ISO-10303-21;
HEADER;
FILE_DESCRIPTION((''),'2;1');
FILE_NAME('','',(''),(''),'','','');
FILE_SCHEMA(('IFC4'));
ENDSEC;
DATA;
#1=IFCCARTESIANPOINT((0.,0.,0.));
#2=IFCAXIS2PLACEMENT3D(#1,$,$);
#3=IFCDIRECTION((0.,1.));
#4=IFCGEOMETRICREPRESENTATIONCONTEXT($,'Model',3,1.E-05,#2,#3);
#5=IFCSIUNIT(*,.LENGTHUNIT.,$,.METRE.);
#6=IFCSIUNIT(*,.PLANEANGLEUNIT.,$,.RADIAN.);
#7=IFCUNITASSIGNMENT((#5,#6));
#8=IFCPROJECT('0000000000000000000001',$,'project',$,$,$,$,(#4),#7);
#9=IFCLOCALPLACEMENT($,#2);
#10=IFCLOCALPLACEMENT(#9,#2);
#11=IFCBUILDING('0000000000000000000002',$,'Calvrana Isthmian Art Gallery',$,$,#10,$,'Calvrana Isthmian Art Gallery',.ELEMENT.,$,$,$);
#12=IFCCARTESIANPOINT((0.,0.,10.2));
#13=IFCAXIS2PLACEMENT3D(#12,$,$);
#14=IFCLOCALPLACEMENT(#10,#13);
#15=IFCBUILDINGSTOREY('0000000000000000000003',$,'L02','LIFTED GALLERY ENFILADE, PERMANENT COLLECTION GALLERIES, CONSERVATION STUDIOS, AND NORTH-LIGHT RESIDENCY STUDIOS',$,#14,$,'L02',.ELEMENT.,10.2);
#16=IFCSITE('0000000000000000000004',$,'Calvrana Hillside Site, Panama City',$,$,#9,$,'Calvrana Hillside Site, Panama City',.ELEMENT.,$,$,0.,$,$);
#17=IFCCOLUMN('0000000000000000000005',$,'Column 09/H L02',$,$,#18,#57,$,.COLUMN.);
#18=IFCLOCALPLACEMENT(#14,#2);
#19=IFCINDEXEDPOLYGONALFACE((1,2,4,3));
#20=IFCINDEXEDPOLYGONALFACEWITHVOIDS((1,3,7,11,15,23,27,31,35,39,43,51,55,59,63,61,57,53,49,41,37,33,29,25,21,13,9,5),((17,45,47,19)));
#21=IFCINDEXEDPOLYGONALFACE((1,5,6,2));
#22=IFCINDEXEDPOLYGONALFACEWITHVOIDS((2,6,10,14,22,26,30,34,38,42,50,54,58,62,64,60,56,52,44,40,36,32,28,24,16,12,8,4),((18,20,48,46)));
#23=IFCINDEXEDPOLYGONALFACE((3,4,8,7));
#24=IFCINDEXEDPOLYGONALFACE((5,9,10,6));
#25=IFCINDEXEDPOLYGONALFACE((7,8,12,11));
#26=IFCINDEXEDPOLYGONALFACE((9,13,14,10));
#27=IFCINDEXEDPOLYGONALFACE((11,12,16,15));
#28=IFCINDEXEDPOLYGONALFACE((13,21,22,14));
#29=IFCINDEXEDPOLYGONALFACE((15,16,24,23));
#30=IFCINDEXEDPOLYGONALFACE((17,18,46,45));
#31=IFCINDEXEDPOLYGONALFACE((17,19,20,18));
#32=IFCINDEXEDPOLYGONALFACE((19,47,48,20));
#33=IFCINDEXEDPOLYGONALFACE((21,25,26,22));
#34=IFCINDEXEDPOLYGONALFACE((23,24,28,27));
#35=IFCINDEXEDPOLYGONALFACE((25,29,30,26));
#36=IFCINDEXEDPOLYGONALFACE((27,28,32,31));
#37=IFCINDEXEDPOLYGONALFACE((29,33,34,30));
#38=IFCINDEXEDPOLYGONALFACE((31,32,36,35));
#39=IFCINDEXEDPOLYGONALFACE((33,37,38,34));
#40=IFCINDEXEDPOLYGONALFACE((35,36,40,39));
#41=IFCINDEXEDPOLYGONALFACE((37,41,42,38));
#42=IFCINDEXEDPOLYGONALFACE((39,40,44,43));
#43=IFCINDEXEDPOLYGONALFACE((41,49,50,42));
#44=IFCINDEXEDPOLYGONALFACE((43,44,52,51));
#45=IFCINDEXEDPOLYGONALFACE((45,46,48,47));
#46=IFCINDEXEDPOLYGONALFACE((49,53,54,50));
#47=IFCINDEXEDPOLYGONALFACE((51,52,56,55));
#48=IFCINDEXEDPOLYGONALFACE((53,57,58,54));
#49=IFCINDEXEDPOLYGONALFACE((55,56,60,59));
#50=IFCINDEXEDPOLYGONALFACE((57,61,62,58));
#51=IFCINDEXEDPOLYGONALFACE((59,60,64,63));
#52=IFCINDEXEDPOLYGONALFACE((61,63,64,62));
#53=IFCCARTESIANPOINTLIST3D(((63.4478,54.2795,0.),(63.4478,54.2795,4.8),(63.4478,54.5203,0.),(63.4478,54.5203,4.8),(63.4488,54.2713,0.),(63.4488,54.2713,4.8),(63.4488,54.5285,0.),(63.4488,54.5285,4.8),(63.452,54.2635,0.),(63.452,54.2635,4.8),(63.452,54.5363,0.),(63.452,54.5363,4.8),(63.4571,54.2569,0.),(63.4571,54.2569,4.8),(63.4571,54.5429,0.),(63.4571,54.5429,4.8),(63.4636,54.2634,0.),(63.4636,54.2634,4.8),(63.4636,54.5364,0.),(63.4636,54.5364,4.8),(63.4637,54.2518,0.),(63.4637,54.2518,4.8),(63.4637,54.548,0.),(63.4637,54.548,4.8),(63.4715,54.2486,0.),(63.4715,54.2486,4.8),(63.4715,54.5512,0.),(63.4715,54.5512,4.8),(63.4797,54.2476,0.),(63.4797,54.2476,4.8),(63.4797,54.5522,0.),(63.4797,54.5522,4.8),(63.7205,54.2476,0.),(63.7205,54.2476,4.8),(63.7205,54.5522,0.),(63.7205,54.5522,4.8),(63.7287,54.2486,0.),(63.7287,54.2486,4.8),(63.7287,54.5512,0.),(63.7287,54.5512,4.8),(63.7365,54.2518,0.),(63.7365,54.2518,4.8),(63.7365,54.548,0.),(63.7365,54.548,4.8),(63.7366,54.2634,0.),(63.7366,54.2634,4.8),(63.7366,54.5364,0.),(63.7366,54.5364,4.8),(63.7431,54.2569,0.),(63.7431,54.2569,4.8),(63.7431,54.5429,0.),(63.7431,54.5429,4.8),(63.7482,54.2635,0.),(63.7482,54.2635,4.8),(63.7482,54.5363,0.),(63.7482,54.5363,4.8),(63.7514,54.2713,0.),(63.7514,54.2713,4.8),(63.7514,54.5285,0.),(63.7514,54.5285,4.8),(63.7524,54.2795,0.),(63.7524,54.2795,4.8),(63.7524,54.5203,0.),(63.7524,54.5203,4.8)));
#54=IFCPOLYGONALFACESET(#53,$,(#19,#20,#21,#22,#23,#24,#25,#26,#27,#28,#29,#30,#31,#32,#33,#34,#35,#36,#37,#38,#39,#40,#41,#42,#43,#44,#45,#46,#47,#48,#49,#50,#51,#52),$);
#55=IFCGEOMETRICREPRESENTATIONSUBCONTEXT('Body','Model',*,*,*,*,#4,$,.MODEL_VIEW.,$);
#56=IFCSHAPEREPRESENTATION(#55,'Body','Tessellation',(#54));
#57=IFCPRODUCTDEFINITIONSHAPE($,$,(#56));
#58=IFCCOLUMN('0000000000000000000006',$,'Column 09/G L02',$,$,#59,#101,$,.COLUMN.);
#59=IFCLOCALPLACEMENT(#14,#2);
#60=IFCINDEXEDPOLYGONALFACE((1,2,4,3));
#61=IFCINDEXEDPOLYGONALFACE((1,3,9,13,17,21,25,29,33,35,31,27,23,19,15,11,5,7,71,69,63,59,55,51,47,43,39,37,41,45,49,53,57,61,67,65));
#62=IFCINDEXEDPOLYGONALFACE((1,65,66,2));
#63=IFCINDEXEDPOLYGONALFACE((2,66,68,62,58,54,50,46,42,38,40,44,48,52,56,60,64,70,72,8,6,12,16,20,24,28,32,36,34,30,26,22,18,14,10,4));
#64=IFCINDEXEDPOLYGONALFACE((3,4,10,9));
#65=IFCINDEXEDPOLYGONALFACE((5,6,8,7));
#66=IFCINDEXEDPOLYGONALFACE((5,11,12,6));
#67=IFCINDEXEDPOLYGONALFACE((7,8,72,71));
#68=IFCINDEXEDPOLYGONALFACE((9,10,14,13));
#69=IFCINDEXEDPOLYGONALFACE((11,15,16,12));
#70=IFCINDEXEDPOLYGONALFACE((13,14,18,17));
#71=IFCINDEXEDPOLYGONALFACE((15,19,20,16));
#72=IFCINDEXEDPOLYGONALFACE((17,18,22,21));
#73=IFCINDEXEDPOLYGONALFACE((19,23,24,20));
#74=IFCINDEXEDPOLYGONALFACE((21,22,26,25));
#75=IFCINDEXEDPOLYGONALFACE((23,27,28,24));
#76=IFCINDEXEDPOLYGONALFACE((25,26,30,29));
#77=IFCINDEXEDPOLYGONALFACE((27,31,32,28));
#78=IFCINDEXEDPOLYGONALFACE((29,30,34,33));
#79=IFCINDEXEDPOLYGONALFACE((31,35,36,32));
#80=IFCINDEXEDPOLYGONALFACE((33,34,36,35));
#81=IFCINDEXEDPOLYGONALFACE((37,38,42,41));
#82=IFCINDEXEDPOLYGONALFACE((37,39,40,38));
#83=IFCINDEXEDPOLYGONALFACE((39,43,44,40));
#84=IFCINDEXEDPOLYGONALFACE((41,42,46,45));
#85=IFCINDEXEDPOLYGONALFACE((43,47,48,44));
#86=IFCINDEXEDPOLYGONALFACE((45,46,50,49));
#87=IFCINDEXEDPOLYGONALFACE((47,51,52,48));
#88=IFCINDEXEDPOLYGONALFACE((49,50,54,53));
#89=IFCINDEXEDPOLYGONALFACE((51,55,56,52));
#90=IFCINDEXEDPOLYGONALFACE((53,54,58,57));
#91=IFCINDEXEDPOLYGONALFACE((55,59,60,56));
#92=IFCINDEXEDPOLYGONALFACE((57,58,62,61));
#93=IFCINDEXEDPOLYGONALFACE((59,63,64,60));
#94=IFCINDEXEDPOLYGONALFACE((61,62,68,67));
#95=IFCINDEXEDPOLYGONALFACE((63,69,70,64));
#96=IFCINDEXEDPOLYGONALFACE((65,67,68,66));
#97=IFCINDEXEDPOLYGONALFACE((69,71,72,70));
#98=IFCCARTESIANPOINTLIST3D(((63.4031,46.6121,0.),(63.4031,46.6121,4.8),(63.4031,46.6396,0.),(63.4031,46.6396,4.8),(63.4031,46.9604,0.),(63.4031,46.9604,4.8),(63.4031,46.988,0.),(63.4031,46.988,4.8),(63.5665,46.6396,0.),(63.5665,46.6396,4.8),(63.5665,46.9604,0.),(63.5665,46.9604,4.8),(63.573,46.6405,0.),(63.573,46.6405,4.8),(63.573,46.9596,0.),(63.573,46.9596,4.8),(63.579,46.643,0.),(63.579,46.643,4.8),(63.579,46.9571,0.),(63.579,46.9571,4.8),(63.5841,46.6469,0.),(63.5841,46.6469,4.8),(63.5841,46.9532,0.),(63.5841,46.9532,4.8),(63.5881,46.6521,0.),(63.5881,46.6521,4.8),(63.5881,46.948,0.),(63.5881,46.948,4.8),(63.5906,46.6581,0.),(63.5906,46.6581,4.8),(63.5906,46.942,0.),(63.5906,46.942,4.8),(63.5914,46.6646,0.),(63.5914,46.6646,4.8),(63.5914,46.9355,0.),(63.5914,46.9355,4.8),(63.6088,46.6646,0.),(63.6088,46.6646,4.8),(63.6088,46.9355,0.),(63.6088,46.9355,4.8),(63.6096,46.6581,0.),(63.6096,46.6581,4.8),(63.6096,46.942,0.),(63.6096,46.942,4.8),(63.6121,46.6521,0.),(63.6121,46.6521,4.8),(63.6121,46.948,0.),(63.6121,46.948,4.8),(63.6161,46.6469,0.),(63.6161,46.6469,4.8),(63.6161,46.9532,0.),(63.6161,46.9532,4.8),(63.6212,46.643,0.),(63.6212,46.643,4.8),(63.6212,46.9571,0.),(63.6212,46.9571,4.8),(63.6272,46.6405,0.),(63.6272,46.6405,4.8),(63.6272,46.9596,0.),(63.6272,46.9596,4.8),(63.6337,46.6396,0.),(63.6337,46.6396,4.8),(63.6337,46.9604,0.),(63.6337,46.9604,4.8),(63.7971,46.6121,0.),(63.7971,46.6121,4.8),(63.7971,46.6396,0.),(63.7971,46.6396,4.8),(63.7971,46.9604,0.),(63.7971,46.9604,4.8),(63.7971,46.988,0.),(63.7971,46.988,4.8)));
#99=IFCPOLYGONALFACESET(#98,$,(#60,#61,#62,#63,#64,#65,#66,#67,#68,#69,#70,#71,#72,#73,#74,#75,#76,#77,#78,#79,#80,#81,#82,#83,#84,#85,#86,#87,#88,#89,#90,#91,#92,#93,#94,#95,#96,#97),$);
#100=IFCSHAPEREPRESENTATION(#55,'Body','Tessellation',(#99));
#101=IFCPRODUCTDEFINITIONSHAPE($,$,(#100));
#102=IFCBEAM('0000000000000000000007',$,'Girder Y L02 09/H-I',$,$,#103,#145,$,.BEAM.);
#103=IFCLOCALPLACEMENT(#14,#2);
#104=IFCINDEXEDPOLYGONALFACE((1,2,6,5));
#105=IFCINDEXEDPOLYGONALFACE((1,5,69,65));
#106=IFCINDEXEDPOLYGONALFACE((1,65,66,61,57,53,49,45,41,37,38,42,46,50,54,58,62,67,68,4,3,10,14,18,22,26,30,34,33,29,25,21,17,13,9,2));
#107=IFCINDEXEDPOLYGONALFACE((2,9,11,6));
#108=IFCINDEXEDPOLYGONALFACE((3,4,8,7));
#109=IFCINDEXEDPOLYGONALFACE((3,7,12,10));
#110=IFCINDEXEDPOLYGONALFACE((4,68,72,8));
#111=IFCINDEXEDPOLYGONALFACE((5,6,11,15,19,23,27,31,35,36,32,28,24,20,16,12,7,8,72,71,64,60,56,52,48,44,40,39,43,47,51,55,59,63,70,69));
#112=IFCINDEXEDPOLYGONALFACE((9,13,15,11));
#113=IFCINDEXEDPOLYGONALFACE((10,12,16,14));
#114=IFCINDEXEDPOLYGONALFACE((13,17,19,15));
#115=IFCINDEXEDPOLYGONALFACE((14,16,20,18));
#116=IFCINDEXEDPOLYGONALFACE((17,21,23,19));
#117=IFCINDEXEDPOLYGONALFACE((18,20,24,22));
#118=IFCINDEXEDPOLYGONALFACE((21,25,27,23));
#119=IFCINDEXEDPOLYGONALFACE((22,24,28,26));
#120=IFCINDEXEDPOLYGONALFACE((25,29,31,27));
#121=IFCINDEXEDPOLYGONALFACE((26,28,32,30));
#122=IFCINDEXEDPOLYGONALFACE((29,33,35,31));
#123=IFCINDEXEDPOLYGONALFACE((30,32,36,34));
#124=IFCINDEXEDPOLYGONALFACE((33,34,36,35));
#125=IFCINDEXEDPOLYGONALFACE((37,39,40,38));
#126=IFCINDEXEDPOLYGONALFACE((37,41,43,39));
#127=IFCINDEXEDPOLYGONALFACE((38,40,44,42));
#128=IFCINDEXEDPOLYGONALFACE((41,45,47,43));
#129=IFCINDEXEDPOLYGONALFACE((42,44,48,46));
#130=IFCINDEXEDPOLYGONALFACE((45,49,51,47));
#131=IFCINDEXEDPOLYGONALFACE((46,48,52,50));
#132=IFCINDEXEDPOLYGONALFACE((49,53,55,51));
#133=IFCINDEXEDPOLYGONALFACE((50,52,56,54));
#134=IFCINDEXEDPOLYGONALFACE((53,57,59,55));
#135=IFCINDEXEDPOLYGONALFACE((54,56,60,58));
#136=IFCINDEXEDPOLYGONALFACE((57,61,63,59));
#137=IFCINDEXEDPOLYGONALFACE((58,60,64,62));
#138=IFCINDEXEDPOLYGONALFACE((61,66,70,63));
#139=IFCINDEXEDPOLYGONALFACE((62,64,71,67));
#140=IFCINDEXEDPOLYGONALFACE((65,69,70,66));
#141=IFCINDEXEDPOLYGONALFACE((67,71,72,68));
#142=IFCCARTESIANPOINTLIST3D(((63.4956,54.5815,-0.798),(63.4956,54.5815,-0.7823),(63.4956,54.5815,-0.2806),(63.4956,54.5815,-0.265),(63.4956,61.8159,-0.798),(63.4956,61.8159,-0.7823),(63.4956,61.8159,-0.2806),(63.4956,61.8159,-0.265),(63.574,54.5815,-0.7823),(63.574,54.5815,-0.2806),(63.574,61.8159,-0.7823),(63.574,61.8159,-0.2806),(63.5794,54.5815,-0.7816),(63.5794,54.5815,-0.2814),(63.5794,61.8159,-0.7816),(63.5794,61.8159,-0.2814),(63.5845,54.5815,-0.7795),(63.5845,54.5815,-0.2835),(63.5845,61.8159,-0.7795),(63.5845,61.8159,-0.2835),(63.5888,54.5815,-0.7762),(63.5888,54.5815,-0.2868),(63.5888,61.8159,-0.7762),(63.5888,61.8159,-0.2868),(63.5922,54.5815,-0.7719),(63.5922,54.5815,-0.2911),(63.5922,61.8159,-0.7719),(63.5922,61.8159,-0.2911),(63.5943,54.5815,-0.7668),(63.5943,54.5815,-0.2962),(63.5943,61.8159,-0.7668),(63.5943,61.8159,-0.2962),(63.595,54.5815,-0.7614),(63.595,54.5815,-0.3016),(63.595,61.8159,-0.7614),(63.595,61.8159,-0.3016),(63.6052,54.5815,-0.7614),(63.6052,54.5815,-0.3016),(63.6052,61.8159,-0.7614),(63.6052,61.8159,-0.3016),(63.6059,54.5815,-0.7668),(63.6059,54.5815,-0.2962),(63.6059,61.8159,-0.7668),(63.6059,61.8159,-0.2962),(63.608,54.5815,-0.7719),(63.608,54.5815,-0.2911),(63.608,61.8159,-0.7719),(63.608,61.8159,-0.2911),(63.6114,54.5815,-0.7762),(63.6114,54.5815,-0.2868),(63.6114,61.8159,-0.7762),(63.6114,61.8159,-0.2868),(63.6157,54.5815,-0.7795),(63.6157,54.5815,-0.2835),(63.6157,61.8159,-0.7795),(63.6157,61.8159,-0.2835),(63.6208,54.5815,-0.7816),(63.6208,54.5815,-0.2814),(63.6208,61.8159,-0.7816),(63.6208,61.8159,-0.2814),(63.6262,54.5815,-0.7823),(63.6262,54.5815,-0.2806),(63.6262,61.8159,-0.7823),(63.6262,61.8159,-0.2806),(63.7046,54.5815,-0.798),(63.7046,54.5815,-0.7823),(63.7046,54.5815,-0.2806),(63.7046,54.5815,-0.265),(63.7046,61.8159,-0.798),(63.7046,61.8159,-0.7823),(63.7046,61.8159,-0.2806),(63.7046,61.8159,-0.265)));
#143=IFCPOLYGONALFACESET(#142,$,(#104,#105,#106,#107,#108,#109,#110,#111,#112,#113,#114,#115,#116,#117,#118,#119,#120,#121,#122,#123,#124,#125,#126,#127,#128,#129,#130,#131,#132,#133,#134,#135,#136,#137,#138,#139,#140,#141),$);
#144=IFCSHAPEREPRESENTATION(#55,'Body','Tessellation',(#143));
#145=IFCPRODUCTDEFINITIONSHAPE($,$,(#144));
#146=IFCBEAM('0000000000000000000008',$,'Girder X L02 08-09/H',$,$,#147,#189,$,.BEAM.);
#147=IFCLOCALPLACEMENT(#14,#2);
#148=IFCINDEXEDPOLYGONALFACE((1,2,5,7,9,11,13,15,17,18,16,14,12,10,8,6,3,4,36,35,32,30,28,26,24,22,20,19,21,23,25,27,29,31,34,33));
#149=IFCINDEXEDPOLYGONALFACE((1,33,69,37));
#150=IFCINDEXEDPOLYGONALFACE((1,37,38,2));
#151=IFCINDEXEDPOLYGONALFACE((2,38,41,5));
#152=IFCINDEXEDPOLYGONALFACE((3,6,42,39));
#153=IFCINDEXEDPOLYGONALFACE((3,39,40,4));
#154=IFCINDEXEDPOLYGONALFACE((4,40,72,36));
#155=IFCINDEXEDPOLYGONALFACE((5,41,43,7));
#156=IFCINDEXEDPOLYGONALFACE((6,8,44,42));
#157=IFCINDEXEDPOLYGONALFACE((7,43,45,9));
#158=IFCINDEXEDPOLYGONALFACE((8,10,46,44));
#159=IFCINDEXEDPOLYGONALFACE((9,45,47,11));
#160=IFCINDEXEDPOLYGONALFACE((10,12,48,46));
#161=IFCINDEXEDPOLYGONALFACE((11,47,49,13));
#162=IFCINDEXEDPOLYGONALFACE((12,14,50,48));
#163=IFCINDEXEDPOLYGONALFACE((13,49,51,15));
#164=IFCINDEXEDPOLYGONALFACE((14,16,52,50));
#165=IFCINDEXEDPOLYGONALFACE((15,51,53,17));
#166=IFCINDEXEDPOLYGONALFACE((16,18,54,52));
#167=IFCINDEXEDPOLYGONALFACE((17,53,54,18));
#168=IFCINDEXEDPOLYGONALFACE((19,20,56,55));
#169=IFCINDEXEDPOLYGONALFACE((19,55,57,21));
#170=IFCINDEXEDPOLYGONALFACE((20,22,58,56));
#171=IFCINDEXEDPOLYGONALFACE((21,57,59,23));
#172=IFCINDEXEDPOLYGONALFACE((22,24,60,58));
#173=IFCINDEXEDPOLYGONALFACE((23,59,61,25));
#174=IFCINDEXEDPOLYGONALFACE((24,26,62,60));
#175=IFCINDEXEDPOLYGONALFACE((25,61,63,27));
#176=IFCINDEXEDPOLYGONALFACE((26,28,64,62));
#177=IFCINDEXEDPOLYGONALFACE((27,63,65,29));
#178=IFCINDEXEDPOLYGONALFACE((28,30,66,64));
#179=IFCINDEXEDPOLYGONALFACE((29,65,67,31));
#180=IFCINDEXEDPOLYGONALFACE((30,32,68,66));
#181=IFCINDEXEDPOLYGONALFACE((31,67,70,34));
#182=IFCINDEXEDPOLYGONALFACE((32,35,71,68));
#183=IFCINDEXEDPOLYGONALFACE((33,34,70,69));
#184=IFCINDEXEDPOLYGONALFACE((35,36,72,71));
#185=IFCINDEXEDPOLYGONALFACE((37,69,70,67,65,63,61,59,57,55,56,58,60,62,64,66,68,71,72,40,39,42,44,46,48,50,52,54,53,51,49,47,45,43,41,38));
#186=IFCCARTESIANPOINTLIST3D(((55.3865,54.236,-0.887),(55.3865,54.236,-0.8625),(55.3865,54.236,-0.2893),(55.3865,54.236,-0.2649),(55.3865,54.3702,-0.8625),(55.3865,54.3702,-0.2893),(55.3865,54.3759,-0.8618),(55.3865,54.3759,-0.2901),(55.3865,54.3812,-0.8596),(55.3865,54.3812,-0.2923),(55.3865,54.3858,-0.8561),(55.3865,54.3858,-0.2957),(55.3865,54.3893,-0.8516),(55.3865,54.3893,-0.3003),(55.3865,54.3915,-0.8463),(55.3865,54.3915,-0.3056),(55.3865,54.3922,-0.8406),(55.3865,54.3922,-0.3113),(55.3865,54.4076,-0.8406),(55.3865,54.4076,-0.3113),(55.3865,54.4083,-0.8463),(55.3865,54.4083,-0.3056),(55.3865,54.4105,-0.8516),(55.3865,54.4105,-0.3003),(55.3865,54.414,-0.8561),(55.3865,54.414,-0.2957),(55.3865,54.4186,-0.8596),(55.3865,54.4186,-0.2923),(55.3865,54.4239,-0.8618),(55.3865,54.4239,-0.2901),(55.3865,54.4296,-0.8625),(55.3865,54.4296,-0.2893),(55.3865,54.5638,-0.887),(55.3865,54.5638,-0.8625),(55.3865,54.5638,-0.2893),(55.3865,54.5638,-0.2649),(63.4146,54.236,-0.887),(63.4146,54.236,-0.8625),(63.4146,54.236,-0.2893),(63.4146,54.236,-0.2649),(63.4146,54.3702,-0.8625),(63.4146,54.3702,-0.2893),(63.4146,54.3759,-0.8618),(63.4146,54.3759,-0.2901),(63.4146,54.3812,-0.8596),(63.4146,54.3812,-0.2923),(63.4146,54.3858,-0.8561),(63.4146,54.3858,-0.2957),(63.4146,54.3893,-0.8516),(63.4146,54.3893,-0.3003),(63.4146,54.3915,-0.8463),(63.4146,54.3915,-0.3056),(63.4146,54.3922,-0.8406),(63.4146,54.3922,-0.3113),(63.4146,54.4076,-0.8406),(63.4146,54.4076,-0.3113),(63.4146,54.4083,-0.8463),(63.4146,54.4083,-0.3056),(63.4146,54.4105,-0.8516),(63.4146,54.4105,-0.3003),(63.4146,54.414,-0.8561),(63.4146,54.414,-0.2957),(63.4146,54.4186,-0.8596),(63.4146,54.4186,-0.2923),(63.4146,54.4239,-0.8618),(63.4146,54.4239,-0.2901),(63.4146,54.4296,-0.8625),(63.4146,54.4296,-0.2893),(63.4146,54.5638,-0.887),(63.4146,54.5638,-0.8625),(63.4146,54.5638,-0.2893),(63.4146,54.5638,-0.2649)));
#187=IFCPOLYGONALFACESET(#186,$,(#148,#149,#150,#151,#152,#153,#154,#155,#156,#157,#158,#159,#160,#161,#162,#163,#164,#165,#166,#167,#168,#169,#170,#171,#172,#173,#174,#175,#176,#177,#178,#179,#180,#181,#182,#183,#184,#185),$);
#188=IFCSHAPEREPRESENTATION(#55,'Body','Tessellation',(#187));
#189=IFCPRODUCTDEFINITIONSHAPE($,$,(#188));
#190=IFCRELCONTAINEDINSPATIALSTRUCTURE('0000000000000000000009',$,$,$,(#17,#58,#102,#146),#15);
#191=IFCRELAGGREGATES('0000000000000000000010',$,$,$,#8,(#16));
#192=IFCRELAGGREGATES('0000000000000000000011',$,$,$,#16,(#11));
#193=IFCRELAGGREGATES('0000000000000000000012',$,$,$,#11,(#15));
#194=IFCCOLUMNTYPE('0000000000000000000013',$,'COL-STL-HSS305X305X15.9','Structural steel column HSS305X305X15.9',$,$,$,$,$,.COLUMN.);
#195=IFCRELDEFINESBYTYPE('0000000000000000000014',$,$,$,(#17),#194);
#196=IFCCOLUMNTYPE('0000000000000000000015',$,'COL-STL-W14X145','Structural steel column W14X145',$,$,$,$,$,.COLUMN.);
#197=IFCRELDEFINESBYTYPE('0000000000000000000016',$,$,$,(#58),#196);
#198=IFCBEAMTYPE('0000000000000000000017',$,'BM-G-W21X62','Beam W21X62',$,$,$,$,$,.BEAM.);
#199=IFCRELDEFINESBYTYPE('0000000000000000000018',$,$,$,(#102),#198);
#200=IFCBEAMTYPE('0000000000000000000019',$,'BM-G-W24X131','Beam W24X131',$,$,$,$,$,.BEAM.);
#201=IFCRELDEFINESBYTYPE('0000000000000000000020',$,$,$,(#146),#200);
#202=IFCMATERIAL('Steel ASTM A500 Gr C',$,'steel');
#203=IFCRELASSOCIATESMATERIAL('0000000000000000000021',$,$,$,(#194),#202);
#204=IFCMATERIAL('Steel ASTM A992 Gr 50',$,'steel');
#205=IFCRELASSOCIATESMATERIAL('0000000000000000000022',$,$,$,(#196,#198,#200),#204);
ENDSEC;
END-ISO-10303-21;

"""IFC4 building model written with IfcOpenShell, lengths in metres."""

from ifc_helpers import new_model, si_unit, direction, frame, origin, origin_2d, place, context, subcontext, project, spatial, hollow_rectangle, i_section, extrude, material, material_profile, profile_set, type_object, element, save


model = new_model("IFC4")

# Units and contexts
model_context = context("Model", 3, precision=1e-05, world=origin(), true_north=direction((0.0, 1.0)))
body_context = subcontext(model_context, "Body", "Model", "MODEL_VIEW")
ifc_project = project(units=[si_unit("LENGTHUNIT", "METRE"), si_unit("PLANEANGLEUNIT", "RADIAN")], contexts=[model_context])

# Site, building, storey
site_placement = place(None, origin())
site = spatial("IfcSite", under=ifc_project, at=site_placement, Name="Calvrana Hillside Site, Panama City", LongName="Calvrana Hillside Site, Panama City", CompositionType="ELEMENT", RefElevation=0.0)
building_placement = place(site_placement, origin())
building = spatial("IfcBuilding", under=site, at=building_placement, Name="Calvrana Isthmian Art Gallery", LongName="Calvrana Isthmian Art Gallery", CompositionType="ELEMENT")
storey_placement = place(building_placement, frame((0.0, 0.0, 10.2)))
storey = spatial("IfcBuildingStorey", under=building, at=storey_placement, Name="L02", Description="LIFTED GALLERY ENFILADE, PERMANENT COLLECTION GALLERIES, CONSERVATION STUDIOS, AND NORTH-LIGHT RESIDENCY STUDIOS", LongName="L02", CompositionType="ELEMENT", Elevation=10.2)

# Columns
ifc_material_1 = material(Name="Steel ASTM A500 Gr C", Category="steel")
ifc_material_profile_1 = material_profile(ifc_material_1, hollow_rectangle(XDim=0.3047, YDim=0.3047, WallThickness=0.0159, OuterFilletRadius=0.032, at=origin_2d()), Name="HSS305X305X15.9")
ifc_profile_set_1 = profile_set([ifc_material_profile_1], Name="Steel ASTM A500 Gr C")
column_type_1 = type_object("IfcColumnType", Name="COL-STL-HSS305X305X15.9", Description="Structural steel column HSS305X305X15.9", PredefinedType="COLUMN", material=ifc_profile_set_1)
column_1_placement = place(storey_placement, frame((63.6001, 54.3999, 0.0), z_axis=(0.0, 0.0, 1.0), x_axis=(1.0, 0.0, 0.0)))
element("IfcColumn", 1, at=column_1_placement, inside=storey, type_object=column_type_1, Name="Column 09/H L02", PredefinedType="COLUMN", context=body_context, shape_type="SweptSolid", body=[
    extrude(hollow_rectangle(XDim=0.3047, YDim=0.3047, WallThickness=0.0159, OuterFilletRadius=0.032, at=origin_2d()), origin(), (0.0, 0.0, 1.0), 4.8),
])
ifc_material_2 = material(Name="Steel ASTM A992 Gr 50", Category="steel")
ifc_material_profile_2 = material_profile(ifc_material_2, i_section(OverallWidth=0.394, OverallDepth=0.376, WebThickness=0.0173, FlangeThickness=0.0276, FilletRadius=0.0249, at=origin_2d()), Name="W14X145")
ifc_profile_set_2 = profile_set([ifc_material_profile_2], Name="Steel ASTM A992 Gr 50")
column_type_2 = type_object("IfcColumnType", Name="COL-STL-W14X145", Description="Structural steel column W14X145", PredefinedType="COLUMN", material=ifc_profile_set_2)
column_2_placement = place(storey_placement, frame((63.6001, 46.8, 0.0), z_axis=(0.0, 0.0, 1.0), x_axis=(1.0, 0.0, 0.0)))
element("IfcColumn", 2, at=column_2_placement, inside=storey, type_object=column_type_2, Name="Column 09/G L02", PredefinedType="COLUMN", context=body_context, shape_type="SweptSolid", body=[
    extrude(i_section(OverallWidth=0.394, OverallDepth=0.376, WebThickness=0.0173, FlangeThickness=0.0276, FilletRadius=0.0249, at=origin_2d()), origin(), (0.0, 0.0, 1.0), 4.8),
])

# Beams
ifc_material_profile_3 = material_profile(ifc_material_2, i_section(OverallWidth=0.209, OverallDepth=0.533, WebThickness=0.0103, FlangeThickness=0.0156, FilletRadius=0.021, at=origin_2d()), Name="W21X62")
ifc_profile_set_3 = profile_set([ifc_material_profile_3], Name="Steel ASTM A992 Gr 50")
beam_type_1 = type_object("IfcBeamType", Name="BM-G-W21X62", Description="Beam W21X62", PredefinedType="BEAM", material=ifc_profile_set_3)
beam_1_placement = place(storey_placement, frame((63.6001, 54.5815, -0.5315), z_axis=(0.0, 1.0, 0.0), x_axis=(-1.0, 0.0, 0.0)))
element("IfcBeam", 3, at=beam_1_placement, inside=storey, type_object=beam_type_1, Name="Girder Y L02 09/H-I", PredefinedType="BEAM", context=body_context, shape_type="SweptSolid", body=[
    extrude(i_section(OverallWidth=0.209, OverallDepth=0.533, WebThickness=0.0103, FlangeThickness=0.0156, FilletRadius=0.021, at=origin_2d()), origin(), (0.0, 0.0, 1.0), 7.2344),
])
ifc_material_profile_4 = material_profile(ifc_material_2, i_section(OverallWidth=0.3279, OverallDepth=0.6221, WebThickness=0.0154, FlangeThickness=0.0244, FilletRadius=0.022, at=origin_2d()), Name="W24X131")
ifc_profile_set_4 = profile_set([ifc_material_profile_4], Name="Steel ASTM A992 Gr 50")
beam_type_2 = type_object("IfcBeamType", Name="BM-G-W24X131", Description="Beam W24X131", PredefinedType="BEAM", material=ifc_profile_set_4)
beam_2_placement = place(storey_placement, frame((55.3865, 54.3999, -0.5759), z_axis=(1.0, 0.0, 0.0), x_axis=(0.0, 1.0, 0.0)))
element("IfcBeam", 4, at=beam_2_placement, inside=storey, type_object=beam_type_2, Name="Girder X L02 08-09/H", PredefinedType="BEAM", context=body_context, shape_type="SweptSolid", body=[
    extrude(i_section(OverallWidth=0.3279, OverallDepth=0.6221, WebThickness=0.0154, FlangeThickness=0.0244, FilletRadius=0.022, at=origin_2d()), origin(), (0.0, 0.0, 1.0), 8.0281),
])

save(model, "model.ifc")
